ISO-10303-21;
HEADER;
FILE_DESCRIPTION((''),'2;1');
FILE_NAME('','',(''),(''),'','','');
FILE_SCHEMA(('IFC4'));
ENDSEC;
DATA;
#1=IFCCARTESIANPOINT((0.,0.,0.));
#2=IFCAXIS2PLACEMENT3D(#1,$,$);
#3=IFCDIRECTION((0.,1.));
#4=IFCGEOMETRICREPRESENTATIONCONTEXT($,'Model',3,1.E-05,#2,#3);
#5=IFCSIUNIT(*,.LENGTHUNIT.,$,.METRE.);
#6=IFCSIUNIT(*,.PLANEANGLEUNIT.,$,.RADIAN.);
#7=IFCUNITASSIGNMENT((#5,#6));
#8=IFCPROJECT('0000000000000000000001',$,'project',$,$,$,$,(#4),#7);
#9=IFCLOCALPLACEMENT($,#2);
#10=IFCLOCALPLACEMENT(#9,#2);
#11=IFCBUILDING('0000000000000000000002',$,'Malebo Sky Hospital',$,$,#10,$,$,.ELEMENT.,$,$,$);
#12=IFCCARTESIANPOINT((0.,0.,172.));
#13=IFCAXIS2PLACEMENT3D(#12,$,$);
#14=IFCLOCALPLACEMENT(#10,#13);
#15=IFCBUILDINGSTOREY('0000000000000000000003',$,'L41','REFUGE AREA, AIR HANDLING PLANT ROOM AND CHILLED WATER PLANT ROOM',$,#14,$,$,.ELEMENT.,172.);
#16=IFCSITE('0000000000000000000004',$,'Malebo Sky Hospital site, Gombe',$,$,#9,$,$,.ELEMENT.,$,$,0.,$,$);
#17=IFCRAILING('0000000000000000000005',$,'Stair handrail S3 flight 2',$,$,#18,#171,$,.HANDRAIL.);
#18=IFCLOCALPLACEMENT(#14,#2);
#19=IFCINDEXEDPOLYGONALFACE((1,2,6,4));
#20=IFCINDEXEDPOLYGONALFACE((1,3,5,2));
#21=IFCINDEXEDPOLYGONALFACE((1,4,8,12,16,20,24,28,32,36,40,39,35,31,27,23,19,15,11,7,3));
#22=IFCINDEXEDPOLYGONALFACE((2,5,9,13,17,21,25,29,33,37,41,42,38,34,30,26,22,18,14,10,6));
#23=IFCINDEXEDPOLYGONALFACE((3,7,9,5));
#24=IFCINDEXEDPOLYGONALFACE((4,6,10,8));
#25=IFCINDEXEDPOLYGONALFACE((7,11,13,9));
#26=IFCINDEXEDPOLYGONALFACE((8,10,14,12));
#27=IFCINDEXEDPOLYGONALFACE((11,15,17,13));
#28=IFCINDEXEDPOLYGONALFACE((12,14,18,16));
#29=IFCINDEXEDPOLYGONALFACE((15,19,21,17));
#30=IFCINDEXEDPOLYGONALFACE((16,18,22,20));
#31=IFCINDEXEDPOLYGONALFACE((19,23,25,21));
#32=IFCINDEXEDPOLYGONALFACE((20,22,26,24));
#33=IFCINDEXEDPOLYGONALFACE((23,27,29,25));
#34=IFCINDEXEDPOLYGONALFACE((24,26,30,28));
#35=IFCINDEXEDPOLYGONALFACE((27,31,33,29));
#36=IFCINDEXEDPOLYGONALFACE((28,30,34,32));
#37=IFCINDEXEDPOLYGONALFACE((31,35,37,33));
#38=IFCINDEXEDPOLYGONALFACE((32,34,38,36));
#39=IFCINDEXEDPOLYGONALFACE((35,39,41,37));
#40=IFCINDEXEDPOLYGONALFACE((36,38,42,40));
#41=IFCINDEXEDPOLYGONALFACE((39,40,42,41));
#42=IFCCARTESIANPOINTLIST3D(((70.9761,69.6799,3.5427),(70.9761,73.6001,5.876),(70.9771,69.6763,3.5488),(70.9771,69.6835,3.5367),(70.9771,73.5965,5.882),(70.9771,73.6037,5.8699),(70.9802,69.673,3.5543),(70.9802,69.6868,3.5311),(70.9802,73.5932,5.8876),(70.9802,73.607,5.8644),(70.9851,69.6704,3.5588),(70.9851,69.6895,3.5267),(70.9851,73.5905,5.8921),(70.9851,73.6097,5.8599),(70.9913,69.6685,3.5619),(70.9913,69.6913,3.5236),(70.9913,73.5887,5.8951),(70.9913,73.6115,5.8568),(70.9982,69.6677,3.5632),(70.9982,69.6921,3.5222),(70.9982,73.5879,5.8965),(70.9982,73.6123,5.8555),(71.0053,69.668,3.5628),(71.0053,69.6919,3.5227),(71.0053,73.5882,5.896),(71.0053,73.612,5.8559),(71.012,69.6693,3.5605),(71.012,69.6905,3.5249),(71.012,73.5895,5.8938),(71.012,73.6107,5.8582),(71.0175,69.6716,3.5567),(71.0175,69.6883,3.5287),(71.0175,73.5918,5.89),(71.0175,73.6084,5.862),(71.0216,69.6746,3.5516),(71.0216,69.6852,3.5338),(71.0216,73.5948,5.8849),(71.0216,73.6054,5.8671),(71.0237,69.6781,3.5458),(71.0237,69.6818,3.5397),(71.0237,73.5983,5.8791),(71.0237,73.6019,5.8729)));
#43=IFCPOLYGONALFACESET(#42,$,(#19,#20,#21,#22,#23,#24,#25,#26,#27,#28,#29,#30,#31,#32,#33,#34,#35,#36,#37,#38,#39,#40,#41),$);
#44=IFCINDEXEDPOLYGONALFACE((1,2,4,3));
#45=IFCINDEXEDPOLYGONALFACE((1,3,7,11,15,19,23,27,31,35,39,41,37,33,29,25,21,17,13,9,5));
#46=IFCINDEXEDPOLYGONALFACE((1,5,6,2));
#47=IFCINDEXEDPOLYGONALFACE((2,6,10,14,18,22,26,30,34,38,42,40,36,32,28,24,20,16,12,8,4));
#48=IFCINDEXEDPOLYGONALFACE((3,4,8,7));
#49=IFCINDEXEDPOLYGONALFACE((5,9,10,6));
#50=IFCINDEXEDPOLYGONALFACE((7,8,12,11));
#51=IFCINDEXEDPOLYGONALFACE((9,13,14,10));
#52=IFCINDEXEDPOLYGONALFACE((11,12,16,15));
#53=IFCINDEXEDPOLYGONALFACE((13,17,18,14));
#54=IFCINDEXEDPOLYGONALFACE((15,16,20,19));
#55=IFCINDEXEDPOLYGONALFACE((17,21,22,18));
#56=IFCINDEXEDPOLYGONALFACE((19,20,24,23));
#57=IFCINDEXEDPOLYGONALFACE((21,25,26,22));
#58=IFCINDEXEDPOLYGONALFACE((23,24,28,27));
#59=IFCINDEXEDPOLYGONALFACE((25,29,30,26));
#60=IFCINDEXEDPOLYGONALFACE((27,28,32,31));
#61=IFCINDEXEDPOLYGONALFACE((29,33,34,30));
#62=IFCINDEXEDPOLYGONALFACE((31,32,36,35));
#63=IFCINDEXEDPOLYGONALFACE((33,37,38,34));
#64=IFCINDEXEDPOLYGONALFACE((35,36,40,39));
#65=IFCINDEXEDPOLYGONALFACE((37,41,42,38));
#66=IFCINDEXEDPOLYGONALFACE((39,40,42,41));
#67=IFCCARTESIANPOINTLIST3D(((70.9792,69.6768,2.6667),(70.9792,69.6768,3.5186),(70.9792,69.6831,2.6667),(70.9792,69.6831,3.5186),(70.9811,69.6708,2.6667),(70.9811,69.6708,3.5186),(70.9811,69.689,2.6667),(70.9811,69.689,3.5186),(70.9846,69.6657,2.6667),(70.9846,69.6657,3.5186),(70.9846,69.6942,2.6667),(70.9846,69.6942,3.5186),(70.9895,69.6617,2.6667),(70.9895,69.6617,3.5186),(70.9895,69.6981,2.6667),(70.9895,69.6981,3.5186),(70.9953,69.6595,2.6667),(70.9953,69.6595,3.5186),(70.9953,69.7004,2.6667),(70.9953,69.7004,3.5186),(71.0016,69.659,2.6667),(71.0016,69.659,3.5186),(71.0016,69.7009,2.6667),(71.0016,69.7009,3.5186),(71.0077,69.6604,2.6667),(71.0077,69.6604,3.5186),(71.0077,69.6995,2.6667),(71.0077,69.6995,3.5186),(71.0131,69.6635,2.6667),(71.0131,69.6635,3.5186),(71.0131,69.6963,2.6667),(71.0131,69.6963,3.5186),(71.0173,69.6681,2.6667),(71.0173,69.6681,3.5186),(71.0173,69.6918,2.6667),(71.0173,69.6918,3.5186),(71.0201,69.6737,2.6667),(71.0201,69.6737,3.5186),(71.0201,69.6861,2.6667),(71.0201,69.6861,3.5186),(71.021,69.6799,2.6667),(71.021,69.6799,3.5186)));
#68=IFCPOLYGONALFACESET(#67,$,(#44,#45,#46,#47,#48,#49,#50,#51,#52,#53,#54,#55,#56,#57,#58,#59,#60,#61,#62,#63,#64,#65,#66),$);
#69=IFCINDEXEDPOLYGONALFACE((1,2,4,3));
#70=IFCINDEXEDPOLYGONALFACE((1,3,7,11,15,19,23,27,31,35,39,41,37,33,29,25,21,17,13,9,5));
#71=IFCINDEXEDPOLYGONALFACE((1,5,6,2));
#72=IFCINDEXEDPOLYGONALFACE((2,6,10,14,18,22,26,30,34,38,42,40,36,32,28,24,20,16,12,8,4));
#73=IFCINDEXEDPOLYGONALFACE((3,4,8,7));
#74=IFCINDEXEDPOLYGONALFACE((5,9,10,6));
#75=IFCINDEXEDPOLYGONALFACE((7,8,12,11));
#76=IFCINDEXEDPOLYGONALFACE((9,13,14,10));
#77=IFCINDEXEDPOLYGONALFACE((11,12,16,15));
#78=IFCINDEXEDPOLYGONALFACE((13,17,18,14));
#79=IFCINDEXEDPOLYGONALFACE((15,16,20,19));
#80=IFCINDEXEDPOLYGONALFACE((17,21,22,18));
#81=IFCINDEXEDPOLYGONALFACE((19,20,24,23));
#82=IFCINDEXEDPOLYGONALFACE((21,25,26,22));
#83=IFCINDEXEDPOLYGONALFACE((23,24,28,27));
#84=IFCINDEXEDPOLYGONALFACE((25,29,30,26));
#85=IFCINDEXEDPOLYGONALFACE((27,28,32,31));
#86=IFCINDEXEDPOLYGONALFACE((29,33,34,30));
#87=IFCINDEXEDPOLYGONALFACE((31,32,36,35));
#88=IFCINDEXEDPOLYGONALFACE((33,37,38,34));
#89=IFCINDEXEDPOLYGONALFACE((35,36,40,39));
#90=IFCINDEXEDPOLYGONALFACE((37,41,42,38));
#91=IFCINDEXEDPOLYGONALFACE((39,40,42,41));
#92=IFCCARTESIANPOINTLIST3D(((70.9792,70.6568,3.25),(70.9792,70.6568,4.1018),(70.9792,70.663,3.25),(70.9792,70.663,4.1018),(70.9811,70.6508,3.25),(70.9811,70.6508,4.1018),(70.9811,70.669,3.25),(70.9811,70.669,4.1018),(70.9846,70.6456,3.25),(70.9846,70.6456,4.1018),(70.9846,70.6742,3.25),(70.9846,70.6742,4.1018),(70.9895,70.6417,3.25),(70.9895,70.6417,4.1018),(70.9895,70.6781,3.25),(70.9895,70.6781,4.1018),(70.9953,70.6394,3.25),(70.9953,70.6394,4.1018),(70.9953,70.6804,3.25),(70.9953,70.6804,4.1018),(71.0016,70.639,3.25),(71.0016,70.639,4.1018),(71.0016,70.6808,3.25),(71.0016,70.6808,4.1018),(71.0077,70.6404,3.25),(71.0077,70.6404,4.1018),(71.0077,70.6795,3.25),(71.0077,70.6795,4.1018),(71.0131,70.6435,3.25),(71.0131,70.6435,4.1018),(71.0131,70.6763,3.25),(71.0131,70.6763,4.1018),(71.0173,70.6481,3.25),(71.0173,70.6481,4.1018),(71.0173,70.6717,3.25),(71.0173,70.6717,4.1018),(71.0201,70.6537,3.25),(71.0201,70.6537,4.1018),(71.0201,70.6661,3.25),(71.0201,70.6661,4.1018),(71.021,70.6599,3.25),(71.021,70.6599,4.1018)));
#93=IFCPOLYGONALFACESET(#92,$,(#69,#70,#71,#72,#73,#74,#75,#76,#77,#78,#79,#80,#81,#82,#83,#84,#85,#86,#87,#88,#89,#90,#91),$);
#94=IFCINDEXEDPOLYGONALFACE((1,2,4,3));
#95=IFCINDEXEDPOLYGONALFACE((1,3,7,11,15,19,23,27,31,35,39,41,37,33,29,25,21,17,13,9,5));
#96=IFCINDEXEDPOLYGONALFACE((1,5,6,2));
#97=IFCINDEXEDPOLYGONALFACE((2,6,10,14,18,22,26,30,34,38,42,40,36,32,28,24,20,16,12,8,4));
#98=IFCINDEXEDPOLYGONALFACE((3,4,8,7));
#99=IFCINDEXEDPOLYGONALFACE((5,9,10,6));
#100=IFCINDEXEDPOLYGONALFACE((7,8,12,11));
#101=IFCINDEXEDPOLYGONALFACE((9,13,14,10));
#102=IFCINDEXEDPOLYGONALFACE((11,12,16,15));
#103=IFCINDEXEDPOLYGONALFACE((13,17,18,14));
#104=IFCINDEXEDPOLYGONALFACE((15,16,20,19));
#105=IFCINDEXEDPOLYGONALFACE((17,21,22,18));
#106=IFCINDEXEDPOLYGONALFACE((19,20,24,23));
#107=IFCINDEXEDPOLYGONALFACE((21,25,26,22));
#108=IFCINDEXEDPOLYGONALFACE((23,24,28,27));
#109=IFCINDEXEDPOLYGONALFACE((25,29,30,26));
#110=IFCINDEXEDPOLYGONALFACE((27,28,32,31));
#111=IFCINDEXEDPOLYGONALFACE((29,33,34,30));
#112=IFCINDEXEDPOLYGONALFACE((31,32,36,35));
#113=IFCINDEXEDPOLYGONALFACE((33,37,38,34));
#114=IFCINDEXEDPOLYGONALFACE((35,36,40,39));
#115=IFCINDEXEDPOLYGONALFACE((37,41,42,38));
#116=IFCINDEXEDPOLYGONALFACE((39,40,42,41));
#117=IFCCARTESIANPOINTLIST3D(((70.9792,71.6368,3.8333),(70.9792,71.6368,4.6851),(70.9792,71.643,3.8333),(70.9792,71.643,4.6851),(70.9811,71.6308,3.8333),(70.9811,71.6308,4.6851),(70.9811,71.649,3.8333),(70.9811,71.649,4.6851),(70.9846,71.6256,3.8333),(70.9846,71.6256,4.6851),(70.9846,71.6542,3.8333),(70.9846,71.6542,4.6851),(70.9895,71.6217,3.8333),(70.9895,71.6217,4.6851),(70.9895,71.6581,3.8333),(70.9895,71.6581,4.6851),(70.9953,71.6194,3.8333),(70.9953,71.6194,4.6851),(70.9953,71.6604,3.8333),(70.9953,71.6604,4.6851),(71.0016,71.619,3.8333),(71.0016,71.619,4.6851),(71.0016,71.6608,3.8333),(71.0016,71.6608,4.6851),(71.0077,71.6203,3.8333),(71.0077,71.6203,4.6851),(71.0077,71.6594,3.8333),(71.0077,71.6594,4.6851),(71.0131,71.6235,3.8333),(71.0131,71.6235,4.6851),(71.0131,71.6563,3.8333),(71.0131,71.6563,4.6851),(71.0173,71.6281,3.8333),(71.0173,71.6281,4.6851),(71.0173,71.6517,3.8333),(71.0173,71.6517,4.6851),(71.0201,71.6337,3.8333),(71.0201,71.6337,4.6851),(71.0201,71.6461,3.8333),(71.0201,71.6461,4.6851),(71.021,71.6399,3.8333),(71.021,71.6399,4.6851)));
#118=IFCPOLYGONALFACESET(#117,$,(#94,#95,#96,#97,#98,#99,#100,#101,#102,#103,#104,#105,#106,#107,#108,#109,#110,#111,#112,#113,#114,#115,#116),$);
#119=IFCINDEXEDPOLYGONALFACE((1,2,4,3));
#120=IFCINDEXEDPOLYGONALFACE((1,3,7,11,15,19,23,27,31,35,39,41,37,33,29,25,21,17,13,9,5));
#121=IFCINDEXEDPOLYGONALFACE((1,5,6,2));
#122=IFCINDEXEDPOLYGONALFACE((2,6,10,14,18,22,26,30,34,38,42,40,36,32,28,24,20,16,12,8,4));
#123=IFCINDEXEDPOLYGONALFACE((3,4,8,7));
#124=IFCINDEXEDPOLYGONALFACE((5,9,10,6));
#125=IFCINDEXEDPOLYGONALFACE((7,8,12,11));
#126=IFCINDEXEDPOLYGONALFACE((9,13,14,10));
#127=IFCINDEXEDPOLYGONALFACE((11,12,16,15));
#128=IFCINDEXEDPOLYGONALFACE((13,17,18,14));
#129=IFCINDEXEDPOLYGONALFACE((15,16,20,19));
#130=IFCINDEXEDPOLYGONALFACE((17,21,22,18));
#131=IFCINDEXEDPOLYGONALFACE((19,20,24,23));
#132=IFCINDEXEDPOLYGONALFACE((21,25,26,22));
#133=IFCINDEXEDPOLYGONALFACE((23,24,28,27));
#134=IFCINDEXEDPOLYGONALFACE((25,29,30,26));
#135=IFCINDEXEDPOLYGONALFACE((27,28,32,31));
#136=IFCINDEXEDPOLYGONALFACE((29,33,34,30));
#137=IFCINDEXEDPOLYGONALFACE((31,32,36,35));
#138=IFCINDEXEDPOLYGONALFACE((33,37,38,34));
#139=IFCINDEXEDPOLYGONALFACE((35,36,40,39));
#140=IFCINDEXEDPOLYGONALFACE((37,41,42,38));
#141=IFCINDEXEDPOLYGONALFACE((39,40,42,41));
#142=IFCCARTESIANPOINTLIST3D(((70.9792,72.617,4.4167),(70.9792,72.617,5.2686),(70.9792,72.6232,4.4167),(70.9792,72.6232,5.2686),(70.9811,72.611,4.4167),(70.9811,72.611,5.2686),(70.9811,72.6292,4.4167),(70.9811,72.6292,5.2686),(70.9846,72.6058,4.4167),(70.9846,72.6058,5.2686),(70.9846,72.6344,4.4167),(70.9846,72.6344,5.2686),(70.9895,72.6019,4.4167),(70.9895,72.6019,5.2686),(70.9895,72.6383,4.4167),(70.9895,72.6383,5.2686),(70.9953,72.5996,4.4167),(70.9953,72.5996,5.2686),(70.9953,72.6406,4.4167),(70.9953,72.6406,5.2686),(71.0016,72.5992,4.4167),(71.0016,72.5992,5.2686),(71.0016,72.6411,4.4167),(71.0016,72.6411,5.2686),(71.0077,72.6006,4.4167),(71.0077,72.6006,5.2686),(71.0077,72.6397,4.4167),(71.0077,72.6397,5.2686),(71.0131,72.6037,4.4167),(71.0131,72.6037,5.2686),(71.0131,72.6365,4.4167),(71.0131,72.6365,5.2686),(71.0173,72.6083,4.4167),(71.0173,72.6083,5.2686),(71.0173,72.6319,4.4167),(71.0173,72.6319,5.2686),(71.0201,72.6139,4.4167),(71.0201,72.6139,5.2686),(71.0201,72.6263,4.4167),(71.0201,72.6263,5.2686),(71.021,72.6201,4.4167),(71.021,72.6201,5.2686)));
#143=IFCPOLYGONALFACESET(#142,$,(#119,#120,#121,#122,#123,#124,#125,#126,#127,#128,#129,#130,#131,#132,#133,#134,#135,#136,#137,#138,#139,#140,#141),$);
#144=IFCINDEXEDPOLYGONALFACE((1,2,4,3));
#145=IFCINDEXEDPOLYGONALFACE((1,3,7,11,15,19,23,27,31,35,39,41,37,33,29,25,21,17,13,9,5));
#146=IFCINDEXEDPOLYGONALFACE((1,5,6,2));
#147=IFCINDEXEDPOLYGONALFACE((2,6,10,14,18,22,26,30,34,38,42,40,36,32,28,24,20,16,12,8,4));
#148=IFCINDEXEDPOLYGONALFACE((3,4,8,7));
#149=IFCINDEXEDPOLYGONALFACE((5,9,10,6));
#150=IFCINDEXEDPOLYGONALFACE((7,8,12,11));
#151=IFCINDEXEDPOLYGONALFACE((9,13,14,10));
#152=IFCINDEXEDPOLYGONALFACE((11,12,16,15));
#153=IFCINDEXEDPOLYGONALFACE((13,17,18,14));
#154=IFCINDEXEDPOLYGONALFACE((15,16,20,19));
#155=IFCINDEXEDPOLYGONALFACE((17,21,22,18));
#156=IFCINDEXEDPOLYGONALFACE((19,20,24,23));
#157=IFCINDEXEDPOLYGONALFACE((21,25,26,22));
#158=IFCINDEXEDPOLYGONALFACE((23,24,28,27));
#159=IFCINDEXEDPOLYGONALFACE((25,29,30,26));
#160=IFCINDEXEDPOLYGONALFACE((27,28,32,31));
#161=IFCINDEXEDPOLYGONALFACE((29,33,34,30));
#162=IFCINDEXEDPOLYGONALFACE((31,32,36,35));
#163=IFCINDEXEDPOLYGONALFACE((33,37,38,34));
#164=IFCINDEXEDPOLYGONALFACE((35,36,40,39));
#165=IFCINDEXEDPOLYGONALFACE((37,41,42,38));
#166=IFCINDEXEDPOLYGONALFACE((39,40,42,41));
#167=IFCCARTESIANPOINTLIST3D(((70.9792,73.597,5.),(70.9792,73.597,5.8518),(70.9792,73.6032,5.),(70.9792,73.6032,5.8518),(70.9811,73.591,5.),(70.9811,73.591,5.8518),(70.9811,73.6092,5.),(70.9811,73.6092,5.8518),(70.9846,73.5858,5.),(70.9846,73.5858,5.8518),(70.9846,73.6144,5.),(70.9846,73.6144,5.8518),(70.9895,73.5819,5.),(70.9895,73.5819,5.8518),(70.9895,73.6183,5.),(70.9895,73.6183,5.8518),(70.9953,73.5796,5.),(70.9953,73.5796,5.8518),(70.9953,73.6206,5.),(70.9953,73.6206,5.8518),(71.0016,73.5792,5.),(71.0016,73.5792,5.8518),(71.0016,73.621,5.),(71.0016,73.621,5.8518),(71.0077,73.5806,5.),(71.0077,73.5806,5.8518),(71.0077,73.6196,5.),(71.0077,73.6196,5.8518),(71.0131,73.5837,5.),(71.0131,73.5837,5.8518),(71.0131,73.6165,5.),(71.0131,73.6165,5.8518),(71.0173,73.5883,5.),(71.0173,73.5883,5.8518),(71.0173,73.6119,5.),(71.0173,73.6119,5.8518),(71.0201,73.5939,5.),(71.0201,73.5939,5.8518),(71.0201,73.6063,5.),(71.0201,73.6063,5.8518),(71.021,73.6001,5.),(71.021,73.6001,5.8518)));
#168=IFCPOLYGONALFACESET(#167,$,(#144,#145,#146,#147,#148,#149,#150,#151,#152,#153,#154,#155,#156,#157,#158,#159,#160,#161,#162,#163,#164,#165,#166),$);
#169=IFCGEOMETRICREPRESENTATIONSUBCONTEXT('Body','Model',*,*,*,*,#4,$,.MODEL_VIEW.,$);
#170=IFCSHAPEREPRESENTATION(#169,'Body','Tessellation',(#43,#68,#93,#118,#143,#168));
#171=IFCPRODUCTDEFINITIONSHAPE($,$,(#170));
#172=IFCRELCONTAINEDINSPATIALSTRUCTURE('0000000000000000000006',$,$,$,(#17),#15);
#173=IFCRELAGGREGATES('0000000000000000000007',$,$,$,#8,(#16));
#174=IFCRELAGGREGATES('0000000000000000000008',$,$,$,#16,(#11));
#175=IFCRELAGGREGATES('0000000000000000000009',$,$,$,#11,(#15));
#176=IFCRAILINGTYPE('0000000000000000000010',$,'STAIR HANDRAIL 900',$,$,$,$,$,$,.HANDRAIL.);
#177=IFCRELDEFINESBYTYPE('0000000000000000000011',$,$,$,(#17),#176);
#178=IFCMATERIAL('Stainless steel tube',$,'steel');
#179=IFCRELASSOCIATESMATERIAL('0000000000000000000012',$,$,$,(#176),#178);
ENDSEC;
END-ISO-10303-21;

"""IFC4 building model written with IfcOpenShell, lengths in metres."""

from ifc_helpers import new_model, si_unit, direction, frame, origin, origin_2d, place, context, subcontext, project, spatial, circle, extrude, material, type_object, element, save


model = new_model("IFC4")

# Units and contexts
model_context = context("Model", 3, precision=1e-05, world=origin(), true_north=direction((0.0, 1.0)))
body_context = subcontext(model_context, "Body", "Model", "MODEL_VIEW")
ifc_project = project(units=[si_unit("LENGTHUNIT", "METRE"), si_unit("PLANEANGLEUNIT", "RADIAN")], contexts=[model_context])

# Site, building, storey
site_placement = place(None, origin())
site = spatial("IfcSite", under=ifc_project, at=site_placement, Name="Malebo Sky Hospital site, Gombe", CompositionType="ELEMENT", RefElevation=0.0)
building_placement = place(site_placement, origin())
building = spatial("IfcBuilding", under=site, at=building_placement, Name="Malebo Sky Hospital", CompositionType="ELEMENT")
storey_placement = place(building_placement, frame((0.0, 0.0, 172.0)))
storey = spatial("IfcBuildingStorey", under=building, at=storey_placement, Name="L41", Description="REFUGE AREA, AIR HANDLING PLANT ROOM AND CHILLED WATER PLANT ROOM", CompositionType="ELEMENT", Elevation=172.0)

# Railing
ifc_material_1 = material(Name="Stainless steel tube", Category="steel")
railing_type = type_object("IfcRailingType", Name="STAIR HANDRAIL 900", PredefinedType="HANDRAIL", material=ifc_material_1)
railing_1_placement = place(storey_placement, frame((71.0, 69.6799, 2.6667)))
element("IfcRailing", 1, at=railing_1_placement, inside=storey, type_object=railing_type, Name="Stair handrail S3 flight 2", PredefinedType="HANDRAIL", context=body_context, shape_type="SweptSolid", body=[
    extrude(circle(Radius=0.0239, at=origin_2d()), frame((0.0, 0.0, 0.876), z_axis=(0.0, 0.85931, 0.511455), x_axis=(-1.0, 0.0, 0.0)), (0.0, 0.0, 1.0), 4.562),
    extrude(circle(Radius=0.021, at=origin_2d()), origin(), (0.0, 0.0, 1.0), 0.8518),
    extrude(circle(Radius=0.021, at=origin_2d()), frame((0.0, 0.98, 0.5833)), (0.0, 0.0, 1.0), 0.8518),
    extrude(circle(Radius=0.021, at=origin_2d()), frame((0.0, 1.96, 1.1665)), (0.0, 0.0, 1.0), 0.8518),
    extrude(circle(Radius=0.021, at=origin_2d()), frame((0.0, 2.9402, 1.75)), (0.0, 0.0, 1.0), 0.8518),
    extrude(circle(Radius=0.021, at=origin_2d()), frame((0.0, 3.9202, 2.3333)), (0.0, 0.0, 1.0), 0.8518),
])

save(model, "model.ifc")
